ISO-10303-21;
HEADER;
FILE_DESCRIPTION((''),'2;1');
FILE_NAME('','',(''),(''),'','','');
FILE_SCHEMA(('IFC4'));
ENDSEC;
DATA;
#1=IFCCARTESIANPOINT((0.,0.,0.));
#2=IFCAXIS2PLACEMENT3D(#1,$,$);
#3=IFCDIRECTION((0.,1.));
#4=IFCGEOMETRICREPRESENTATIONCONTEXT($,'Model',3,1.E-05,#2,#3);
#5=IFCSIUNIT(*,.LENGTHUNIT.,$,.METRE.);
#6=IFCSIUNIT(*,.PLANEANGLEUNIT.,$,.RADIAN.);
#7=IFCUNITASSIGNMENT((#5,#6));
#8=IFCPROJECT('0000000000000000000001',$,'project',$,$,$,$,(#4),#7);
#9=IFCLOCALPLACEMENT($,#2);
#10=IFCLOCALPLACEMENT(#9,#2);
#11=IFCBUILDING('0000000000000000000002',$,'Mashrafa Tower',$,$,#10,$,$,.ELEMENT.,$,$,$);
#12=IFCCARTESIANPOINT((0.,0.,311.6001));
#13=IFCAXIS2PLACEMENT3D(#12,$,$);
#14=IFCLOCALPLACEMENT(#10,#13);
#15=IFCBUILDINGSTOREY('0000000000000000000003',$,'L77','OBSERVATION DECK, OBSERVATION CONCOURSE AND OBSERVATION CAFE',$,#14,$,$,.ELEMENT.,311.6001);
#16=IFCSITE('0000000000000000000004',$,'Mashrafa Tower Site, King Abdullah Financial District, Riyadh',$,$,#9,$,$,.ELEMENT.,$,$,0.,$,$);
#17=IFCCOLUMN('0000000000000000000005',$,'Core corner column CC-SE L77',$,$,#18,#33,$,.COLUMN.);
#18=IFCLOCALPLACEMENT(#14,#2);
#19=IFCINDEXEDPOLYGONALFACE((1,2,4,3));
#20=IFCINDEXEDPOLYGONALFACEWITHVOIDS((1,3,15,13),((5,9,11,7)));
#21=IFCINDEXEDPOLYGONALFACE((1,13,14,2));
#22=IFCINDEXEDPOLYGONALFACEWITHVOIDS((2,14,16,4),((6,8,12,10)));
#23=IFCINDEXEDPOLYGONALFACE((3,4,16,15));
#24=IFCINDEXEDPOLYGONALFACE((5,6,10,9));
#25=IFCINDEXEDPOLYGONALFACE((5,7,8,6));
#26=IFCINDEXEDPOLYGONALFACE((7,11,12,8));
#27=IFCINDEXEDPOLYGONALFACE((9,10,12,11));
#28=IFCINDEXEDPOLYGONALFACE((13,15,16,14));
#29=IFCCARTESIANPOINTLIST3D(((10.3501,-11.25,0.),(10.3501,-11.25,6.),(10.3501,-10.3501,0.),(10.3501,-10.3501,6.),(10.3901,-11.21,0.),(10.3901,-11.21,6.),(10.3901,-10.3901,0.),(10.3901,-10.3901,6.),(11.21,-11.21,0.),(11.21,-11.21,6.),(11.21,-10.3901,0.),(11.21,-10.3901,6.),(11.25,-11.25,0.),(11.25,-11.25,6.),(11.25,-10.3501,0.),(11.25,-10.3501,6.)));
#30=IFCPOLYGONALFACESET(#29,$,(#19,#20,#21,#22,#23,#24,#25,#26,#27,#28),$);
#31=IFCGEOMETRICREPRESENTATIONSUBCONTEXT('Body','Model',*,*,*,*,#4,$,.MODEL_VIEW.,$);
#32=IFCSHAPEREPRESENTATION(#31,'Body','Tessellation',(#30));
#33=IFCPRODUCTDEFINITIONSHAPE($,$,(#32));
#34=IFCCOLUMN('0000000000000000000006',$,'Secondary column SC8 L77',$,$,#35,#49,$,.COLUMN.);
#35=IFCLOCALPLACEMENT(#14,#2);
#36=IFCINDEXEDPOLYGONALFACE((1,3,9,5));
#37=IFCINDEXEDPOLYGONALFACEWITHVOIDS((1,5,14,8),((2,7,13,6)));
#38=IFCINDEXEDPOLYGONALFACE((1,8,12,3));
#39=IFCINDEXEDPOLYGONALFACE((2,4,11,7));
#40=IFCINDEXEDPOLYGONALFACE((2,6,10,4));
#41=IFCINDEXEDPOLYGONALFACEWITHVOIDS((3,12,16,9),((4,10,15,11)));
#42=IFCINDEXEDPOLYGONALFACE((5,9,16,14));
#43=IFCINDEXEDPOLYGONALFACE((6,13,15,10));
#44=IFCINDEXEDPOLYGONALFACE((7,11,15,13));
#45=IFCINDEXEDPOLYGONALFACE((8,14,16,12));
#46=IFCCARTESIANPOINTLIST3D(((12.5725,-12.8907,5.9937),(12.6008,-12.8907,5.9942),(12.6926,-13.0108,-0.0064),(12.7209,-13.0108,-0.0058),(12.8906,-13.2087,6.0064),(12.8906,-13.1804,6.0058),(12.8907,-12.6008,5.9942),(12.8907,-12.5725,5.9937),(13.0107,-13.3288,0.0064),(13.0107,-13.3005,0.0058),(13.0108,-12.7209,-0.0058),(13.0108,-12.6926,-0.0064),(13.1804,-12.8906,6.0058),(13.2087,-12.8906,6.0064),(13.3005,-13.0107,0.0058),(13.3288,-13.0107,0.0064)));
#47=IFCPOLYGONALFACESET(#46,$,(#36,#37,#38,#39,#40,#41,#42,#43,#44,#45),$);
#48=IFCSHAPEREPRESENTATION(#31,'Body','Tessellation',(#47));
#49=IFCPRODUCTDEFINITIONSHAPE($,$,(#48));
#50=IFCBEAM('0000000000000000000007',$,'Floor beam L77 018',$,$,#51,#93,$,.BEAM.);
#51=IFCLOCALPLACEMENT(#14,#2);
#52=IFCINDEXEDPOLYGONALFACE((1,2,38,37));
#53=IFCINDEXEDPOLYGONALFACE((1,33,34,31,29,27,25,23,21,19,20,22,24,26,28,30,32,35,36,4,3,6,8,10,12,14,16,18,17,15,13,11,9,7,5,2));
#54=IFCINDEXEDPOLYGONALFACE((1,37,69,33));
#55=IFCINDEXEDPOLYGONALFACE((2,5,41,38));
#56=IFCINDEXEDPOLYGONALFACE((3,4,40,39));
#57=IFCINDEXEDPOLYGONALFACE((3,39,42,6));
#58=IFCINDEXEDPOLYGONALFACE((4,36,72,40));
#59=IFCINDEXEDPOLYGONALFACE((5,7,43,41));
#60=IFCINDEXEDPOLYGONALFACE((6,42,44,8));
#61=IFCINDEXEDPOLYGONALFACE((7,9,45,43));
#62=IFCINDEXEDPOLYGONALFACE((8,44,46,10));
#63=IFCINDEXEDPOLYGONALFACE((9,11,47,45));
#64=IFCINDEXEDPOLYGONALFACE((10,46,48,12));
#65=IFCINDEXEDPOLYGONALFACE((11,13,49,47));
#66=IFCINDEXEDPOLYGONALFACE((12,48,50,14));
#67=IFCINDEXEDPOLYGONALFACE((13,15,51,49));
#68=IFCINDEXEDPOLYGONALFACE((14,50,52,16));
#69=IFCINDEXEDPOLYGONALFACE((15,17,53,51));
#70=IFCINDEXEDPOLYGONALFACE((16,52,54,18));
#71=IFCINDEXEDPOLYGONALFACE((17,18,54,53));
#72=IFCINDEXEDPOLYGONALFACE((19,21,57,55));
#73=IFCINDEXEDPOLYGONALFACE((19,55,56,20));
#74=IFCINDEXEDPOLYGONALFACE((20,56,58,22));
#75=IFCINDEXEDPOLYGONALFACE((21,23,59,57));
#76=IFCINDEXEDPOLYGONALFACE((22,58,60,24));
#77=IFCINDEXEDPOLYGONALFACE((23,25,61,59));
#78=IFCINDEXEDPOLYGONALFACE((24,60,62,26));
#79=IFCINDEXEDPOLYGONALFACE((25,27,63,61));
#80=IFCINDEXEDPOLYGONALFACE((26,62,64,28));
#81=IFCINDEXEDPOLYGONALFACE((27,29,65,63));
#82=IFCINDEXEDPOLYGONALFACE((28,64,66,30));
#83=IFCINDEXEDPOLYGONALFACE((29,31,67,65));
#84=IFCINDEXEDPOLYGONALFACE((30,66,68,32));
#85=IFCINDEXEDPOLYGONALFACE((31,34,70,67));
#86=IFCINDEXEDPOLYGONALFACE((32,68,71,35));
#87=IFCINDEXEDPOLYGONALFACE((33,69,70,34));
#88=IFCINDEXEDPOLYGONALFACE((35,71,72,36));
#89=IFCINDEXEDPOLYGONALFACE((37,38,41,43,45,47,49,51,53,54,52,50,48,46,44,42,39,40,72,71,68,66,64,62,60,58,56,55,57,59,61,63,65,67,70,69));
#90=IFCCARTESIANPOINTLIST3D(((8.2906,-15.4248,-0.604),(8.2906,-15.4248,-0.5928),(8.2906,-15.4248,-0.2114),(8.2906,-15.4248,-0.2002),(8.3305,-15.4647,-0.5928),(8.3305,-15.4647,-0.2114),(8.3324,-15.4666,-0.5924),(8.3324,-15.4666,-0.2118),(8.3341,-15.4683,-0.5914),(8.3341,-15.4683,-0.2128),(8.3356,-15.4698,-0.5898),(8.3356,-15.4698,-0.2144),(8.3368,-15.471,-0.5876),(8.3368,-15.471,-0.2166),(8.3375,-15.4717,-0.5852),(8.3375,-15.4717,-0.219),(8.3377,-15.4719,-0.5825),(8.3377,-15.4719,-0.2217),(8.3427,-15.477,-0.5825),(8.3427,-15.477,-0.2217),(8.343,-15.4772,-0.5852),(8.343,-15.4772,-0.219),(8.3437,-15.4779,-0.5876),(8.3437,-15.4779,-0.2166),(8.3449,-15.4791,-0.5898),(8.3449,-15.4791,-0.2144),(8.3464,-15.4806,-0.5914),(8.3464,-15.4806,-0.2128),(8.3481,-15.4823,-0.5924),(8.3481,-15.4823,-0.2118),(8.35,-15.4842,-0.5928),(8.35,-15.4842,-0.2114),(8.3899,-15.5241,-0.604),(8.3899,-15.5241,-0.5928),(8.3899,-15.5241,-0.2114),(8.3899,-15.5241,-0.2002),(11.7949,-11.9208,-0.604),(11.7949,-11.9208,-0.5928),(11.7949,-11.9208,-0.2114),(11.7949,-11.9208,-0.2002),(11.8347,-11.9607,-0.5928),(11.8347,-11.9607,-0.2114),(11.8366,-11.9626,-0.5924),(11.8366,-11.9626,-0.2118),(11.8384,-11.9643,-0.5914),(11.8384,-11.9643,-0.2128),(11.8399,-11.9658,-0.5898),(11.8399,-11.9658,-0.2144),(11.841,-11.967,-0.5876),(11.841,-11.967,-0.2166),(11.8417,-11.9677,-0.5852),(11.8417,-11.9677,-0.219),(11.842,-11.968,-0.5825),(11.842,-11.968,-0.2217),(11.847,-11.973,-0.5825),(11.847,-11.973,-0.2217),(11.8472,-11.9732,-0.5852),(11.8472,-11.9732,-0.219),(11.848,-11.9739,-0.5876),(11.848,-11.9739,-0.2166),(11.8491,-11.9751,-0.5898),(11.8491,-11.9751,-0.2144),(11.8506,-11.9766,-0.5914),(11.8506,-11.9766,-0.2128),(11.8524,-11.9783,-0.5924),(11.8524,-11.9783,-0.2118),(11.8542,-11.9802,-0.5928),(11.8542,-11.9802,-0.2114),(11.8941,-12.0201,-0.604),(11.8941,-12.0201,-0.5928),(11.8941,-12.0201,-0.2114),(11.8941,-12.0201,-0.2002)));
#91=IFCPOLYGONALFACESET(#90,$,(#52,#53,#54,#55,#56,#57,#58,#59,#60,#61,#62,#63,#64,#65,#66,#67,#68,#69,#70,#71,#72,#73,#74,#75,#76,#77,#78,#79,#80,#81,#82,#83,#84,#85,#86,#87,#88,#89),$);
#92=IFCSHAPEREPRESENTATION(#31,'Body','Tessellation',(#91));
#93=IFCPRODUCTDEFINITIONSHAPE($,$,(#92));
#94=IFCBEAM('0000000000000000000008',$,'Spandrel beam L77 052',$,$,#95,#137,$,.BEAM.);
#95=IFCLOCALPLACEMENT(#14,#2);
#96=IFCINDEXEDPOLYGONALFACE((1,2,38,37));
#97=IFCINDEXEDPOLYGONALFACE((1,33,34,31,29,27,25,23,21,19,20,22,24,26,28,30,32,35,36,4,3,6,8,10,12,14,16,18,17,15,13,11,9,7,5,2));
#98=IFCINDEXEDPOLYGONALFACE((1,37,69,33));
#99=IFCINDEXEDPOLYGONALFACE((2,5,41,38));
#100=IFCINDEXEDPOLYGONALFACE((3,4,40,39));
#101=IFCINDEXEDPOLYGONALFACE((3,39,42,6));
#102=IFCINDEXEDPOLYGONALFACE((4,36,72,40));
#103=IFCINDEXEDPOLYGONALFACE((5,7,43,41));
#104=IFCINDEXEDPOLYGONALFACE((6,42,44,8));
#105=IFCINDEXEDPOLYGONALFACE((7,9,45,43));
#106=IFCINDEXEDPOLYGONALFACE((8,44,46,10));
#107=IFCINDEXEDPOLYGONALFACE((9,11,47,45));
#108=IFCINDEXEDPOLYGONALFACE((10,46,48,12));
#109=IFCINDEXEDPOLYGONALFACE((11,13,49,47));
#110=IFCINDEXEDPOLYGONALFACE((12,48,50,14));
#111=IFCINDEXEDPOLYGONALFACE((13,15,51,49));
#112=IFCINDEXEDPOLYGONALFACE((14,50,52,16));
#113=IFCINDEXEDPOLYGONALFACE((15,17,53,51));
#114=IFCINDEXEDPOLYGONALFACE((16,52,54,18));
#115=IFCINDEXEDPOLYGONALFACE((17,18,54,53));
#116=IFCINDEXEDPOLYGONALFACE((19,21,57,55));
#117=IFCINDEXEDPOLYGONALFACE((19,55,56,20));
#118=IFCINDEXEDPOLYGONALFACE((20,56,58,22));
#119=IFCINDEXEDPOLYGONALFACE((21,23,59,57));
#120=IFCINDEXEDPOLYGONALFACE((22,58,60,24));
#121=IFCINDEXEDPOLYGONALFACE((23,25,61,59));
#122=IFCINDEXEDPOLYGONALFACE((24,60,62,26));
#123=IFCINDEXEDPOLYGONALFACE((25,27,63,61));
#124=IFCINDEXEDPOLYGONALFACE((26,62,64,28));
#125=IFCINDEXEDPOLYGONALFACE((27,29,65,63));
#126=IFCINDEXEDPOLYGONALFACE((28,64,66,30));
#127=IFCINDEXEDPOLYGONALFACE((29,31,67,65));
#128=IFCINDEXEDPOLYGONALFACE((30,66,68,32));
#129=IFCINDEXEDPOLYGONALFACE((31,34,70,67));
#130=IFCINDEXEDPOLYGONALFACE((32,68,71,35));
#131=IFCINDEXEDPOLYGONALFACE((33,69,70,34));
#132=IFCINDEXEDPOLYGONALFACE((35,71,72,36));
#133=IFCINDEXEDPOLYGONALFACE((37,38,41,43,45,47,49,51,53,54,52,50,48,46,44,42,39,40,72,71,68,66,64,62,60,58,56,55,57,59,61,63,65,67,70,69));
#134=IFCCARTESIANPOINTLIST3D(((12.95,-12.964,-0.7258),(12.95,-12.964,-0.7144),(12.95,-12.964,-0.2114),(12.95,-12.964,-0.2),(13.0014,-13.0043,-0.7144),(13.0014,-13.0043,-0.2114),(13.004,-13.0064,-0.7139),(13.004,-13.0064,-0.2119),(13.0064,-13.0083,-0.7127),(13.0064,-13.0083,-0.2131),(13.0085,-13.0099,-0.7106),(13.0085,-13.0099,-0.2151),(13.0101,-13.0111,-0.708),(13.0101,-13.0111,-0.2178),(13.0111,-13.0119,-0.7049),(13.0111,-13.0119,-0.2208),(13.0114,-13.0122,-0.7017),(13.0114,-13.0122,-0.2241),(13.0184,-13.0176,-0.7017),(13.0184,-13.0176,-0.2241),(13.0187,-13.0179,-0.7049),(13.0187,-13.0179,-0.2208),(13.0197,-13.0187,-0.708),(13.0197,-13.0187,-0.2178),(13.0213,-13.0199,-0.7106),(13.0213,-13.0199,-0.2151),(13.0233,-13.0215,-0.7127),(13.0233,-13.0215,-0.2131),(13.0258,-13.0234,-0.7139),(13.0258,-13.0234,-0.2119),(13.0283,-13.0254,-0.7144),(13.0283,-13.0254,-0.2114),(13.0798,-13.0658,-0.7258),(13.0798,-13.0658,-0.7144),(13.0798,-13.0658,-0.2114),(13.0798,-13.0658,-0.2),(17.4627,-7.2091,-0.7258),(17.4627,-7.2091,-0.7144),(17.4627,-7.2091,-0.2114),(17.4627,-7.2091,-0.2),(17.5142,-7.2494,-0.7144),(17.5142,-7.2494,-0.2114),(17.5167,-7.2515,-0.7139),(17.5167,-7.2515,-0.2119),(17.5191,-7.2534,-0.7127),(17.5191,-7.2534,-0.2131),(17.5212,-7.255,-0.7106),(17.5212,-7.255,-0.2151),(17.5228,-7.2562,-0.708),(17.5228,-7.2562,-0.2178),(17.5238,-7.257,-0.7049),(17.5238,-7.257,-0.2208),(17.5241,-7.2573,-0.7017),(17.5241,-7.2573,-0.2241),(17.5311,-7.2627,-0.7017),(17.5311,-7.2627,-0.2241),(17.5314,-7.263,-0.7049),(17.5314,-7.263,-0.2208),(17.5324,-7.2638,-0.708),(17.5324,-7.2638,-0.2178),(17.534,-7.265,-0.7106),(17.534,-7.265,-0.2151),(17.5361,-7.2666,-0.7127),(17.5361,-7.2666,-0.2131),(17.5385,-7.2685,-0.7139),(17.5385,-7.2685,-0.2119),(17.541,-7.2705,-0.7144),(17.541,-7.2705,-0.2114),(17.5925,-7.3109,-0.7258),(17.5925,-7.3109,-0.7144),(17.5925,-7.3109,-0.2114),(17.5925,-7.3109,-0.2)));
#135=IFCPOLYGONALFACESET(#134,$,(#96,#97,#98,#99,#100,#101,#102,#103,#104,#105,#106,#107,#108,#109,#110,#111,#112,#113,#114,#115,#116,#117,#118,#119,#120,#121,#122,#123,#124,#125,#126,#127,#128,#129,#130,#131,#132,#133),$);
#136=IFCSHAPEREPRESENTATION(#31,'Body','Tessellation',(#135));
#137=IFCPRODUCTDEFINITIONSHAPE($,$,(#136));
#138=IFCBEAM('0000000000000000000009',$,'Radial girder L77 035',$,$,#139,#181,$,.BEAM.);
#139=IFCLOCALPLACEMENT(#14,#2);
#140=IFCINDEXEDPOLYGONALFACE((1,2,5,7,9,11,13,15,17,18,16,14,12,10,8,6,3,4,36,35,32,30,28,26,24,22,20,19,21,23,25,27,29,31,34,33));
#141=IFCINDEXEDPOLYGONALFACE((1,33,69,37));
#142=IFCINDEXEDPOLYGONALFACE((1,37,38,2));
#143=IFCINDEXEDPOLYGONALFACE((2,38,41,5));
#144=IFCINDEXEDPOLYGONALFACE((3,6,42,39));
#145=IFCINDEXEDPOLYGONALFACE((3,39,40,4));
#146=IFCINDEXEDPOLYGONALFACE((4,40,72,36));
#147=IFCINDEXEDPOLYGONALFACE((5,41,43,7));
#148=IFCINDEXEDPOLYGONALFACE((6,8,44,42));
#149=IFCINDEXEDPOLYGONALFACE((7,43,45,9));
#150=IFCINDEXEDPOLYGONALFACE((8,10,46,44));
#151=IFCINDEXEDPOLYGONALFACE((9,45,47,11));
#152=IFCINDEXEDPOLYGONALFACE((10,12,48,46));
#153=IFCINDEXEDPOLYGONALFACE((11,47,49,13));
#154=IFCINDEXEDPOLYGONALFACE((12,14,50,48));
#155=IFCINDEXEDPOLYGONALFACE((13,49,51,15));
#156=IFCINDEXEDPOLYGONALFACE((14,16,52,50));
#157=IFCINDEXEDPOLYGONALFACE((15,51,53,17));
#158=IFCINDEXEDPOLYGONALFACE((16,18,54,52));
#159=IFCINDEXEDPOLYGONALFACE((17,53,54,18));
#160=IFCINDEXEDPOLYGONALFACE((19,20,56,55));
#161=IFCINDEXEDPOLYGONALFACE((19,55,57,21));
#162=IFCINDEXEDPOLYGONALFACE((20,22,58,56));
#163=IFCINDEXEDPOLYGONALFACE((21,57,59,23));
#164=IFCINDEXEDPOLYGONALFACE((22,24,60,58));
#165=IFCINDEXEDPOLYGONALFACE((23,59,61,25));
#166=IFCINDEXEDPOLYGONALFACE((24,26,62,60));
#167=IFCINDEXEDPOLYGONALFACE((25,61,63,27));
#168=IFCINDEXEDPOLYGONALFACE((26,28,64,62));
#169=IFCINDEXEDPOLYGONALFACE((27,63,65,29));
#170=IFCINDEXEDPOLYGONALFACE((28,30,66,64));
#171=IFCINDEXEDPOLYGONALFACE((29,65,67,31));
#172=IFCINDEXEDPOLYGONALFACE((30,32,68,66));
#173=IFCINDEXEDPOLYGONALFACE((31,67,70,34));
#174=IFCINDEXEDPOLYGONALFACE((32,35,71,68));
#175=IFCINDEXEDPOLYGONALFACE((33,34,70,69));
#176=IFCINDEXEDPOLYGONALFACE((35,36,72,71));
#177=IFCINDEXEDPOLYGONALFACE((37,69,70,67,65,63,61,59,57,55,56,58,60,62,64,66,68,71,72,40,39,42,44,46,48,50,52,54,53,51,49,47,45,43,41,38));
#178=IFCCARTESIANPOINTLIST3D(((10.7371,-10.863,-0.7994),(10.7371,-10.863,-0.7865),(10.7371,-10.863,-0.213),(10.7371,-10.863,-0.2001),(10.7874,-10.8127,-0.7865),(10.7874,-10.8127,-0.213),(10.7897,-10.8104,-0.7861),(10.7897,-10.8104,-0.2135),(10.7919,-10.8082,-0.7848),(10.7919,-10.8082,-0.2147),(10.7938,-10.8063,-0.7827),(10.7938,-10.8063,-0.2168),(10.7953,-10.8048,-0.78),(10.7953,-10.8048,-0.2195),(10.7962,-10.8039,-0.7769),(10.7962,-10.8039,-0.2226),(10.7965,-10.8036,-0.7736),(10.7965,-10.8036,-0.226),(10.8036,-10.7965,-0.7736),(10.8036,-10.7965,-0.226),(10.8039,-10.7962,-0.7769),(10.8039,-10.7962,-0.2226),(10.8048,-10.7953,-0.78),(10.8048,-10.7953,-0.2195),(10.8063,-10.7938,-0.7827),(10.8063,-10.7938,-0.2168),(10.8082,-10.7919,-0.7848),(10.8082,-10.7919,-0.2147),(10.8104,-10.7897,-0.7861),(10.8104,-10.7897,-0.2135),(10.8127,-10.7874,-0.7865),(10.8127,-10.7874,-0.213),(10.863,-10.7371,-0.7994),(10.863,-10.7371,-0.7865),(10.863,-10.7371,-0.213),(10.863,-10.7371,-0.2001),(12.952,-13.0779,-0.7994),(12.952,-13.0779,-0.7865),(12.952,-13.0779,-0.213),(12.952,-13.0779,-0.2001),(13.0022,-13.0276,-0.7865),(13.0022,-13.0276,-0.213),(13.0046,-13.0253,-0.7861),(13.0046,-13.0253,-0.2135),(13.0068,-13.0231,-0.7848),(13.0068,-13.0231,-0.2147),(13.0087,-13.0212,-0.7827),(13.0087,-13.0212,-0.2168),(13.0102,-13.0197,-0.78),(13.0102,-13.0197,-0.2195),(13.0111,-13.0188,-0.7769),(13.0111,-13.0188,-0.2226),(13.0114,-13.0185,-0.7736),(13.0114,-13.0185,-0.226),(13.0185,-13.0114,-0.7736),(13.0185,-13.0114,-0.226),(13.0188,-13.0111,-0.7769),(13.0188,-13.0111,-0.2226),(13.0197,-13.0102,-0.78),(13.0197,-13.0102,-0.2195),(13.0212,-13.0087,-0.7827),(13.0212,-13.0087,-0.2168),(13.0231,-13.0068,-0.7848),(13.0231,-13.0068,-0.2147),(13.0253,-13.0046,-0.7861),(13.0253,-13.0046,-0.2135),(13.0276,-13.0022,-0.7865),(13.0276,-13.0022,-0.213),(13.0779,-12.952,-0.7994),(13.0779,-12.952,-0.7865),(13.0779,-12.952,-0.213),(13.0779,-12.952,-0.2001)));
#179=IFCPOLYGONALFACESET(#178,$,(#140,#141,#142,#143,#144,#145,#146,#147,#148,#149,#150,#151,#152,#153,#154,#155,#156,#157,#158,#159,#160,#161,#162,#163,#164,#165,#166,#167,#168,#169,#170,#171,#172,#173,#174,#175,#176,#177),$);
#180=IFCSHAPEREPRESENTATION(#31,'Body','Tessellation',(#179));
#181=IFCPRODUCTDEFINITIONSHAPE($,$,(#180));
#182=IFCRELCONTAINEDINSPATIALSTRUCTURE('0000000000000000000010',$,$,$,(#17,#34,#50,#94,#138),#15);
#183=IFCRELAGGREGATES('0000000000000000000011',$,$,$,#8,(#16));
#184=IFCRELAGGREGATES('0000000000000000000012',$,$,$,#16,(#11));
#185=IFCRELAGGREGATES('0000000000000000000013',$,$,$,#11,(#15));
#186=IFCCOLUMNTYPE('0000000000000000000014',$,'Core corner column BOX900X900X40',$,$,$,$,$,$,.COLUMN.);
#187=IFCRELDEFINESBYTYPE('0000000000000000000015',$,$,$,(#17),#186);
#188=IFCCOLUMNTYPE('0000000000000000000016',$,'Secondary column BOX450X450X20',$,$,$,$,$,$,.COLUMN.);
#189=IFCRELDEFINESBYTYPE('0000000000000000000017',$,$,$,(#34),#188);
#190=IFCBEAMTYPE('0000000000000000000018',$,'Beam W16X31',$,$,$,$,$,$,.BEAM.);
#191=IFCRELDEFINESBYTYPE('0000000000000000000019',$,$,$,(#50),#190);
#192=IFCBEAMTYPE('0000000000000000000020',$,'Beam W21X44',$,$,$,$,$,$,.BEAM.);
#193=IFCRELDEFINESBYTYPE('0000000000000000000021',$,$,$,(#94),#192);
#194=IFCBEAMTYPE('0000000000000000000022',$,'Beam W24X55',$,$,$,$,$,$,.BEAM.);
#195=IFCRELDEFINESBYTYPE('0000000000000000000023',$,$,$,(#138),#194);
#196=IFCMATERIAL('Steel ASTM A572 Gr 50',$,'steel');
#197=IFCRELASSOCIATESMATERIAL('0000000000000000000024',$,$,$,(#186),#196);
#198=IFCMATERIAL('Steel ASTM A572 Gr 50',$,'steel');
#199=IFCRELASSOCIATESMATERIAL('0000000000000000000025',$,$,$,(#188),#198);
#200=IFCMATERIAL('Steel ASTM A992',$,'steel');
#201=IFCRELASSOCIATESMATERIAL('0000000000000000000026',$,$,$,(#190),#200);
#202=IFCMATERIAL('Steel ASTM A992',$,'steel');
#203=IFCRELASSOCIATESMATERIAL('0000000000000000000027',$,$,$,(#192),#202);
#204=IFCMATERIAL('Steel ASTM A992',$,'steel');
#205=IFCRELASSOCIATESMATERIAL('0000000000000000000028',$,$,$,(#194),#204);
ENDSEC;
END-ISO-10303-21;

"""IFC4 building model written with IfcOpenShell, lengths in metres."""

from ifc_helpers import new_model, si_unit, direction, frame, origin, origin_2d, place, context, subcontext, project, spatial, hollow_rectangle, i_section, extrude, material, material_profile, profile_set, type_object, element, save


model = new_model("IFC4")

# Units and contexts
model_context = context("Model", 3, precision=1e-05, world=origin(), true_north=direction((0.0, 1.0)))
body_context = subcontext(model_context, "Body", "Model", "MODEL_VIEW")
ifc_project = project(units=[si_unit("LENGTHUNIT", "METRE"), si_unit("PLANEANGLEUNIT", "RADIAN")], contexts=[model_context])

# Site, building, storey
site_placement = place(None, origin())
site = spatial("IfcSite", under=ifc_project, at=site_placement, Name="Mashrafa Tower Site, King Abdullah Financial District, Riyadh", CompositionType="ELEMENT", RefElevation=0.0)
building_placement = place(site_placement, origin())
building = spatial("IfcBuilding", under=site, at=building_placement, Name="Mashrafa Tower", CompositionType="ELEMENT")
storey_placement = place(building_placement, frame((0.0, 0.0, 311.6001)))
storey = spatial("IfcBuildingStorey", under=building, at=storey_placement, Name="L77", Description="OBSERVATION DECK, OBSERVATION CONCOURSE AND OBSERVATION CAFE", CompositionType="ELEMENT", Elevation=311.6001)

# Columns
ifc_material_1 = material(Name="Steel ASTM A572 Gr 50", Category="steel")
ifc_material_profile_1 = material_profile(ifc_material_1, hollow_rectangle(XDim=0.8999, YDim=0.8999, WallThickness=0.04, at=origin_2d()), Name="BOX900X900X40")
ifc_profile_set_1 = profile_set([ifc_material_profile_1], Name="Steel ASTM A572 Gr 50")
column_type_1 = type_object("IfcColumnType", Name="Core corner column BOX900X900X40", PredefinedType="COLUMN", material=ifc_profile_set_1)
column_1_placement = place(storey_placement, frame((10.8, -10.8, 0.0), z_axis=(0.0, 0.0, 1.0), x_axis=(1.0, 0.0, 0.0)))
element("IfcColumn", 1, at=column_1_placement, inside=storey, type_object=column_type_1, Name="Core corner column CC-SE L77", PredefinedType="COLUMN", context=body_context, shape_type="SweptSolid", body=[
    extrude(hollow_rectangle(XDim=0.8999, YDim=0.8999, WallThickness=0.04, at=origin_2d()), origin(), (0.0, 0.0, 1.0), 6.0),
])
ifc_material_2 = material(Name="Steel ASTM A572 Gr 50", Category="steel")
ifc_material_profile_2 = material_profile(ifc_material_2, hollow_rectangle(XDim=0.45, YDim=0.45, WallThickness=0.02, at=origin_2d()), Name="BOX450X450X20")
ifc_profile_set_2 = profile_set([ifc_material_profile_2], Name="Steel ASTM A572 Gr 50")
column_type_2 = type_object("IfcColumnType", Name="Secondary column BOX450X450X20", PredefinedType="COLUMN", material=ifc_profile_set_2)
column_2_placement = place(storey_placement, frame((13.0107, -13.0107, 0.0), z_axis=(-0.020012, 0.020012, 0.999599), x_axis=(-0.707107, -0.707107, 0.0)))
element("IfcColumn", 2, at=column_2_placement, inside=storey, type_object=column_type_2, Name="Secondary column SC8 L77", PredefinedType="COLUMN", context=body_context, shape_type="SweptSolid", body=[
    extrude(hollow_rectangle(XDim=0.45, YDim=0.45, WallThickness=0.02, at=origin_2d()), origin(), (0.0, 0.0, 1.0), 6.0024),
])

# Beams
ifc_material_3 = material(Name="Steel ASTM A992", Category="steel")
ifc_material_profile_3 = material_profile(ifc_material_3, i_section(OverallWidth=0.1404, OverallDepth=0.4038, WebThickness=0.0071, FlangeThickness=0.0112, FilletRadius=0.0103, at=origin_2d()), Name="W16X31")
ifc_profile_set_3 = profile_set([ifc_material_profile_3], Name="Steel ASTM A992")
beam_type_1 = type_object("IfcBeamType", Name="Beam W16X31", PredefinedType="BEAM", material=ifc_profile_set_3)
beam_1_placement = place(storey_placement, frame((11.8445, -11.9705, -0.4021), z_axis=(-0.707131, -0.707082, 0.0), x_axis=(0.707082, -0.707131, 0.0)))
element("IfcBeam", 3, at=beam_1_placement, inside=storey, type_object=beam_type_1, Name="Floor beam L77 018", PredefinedType="BEAM", context=body_context, shape_type="SweptSolid", body=[
    extrude(i_section(OverallWidth=0.1404, OverallDepth=0.4038, WebThickness=0.0071, FlangeThickness=0.0112, FilletRadius=0.0103, at=origin_2d()), origin(), (0.0, 0.0, 1.0), 4.9556),
])
ifc_material_4 = material(Name="Steel ASTM A992", Category="steel")
ifc_material_profile_4 = material_profile(ifc_material_4, i_section(OverallWidth=0.165, OverallDepth=0.5259, WebThickness=0.0088, FlangeThickness=0.0115, FilletRadius=0.0127, at=origin_2d()), Name="W21X44")
ifc_profile_set_4 = profile_set([ifc_material_profile_4], Name="Steel ASTM A992")
beam_type_2 = type_object("IfcBeamType", Name="Beam W21X44", PredefinedType="BEAM", material=ifc_profile_set_4)
beam_2_placement = place(storey_placement, frame((13.0149, -13.0149, -0.4629), z_axis=(0.61706, 0.786916, 0.0), x_axis=(-0.786916, 0.61706, 0.0)))
element("IfcBeam", 4, at=beam_2_placement, inside=storey, type_object=beam_type_2, Name="Spandrel beam L77 052", PredefinedType="BEAM", context=body_context, shape_type="SweptSolid", body=[
    extrude(i_section(OverallWidth=0.165, OverallDepth=0.5259, WebThickness=0.0088, FlangeThickness=0.0115, FilletRadius=0.0127, at=origin_2d()), origin(), (0.0, 0.0, 1.0), 7.3132),
])
ifc_material_5 = material(Name="Steel ASTM A992", Category="steel")
ifc_material_profile_5 = material_profile(ifc_material_5, i_section(OverallWidth=0.178, OverallDepth=0.5994, WebThickness=0.01, FlangeThickness=0.0129, FilletRadius=0.0129, at=origin_2d()), Name="W24X55")
ifc_profile_set_5 = profile_set([ifc_material_profile_5], Name="Steel ASTM A992")
beam_type_3 = type_object("IfcBeamType", Name="Beam W24X55", PredefinedType="BEAM", material=ifc_profile_set_5)
beam_3_placement = place(storey_placement, frame((10.8, -10.8, -0.4998), z_axis=(0.707107, -0.707107, 0.0), x_axis=(0.707107, 0.707107, 0.0)))
element("IfcBeam", 5, at=beam_3_placement, inside=storey, type_object=beam_type_3, Name="Radial girder L77 035", PredefinedType="BEAM", context=body_context, shape_type="SweptSolid", body=[
    extrude(i_section(OverallWidth=0.178, OverallDepth=0.5994, WebThickness=0.01, FlangeThickness=0.0129, FilletRadius=0.0129, at=origin_2d()), origin(), (0.0, 0.0, 1.0), 3.1323),
])

save(model, "model.ifc")
